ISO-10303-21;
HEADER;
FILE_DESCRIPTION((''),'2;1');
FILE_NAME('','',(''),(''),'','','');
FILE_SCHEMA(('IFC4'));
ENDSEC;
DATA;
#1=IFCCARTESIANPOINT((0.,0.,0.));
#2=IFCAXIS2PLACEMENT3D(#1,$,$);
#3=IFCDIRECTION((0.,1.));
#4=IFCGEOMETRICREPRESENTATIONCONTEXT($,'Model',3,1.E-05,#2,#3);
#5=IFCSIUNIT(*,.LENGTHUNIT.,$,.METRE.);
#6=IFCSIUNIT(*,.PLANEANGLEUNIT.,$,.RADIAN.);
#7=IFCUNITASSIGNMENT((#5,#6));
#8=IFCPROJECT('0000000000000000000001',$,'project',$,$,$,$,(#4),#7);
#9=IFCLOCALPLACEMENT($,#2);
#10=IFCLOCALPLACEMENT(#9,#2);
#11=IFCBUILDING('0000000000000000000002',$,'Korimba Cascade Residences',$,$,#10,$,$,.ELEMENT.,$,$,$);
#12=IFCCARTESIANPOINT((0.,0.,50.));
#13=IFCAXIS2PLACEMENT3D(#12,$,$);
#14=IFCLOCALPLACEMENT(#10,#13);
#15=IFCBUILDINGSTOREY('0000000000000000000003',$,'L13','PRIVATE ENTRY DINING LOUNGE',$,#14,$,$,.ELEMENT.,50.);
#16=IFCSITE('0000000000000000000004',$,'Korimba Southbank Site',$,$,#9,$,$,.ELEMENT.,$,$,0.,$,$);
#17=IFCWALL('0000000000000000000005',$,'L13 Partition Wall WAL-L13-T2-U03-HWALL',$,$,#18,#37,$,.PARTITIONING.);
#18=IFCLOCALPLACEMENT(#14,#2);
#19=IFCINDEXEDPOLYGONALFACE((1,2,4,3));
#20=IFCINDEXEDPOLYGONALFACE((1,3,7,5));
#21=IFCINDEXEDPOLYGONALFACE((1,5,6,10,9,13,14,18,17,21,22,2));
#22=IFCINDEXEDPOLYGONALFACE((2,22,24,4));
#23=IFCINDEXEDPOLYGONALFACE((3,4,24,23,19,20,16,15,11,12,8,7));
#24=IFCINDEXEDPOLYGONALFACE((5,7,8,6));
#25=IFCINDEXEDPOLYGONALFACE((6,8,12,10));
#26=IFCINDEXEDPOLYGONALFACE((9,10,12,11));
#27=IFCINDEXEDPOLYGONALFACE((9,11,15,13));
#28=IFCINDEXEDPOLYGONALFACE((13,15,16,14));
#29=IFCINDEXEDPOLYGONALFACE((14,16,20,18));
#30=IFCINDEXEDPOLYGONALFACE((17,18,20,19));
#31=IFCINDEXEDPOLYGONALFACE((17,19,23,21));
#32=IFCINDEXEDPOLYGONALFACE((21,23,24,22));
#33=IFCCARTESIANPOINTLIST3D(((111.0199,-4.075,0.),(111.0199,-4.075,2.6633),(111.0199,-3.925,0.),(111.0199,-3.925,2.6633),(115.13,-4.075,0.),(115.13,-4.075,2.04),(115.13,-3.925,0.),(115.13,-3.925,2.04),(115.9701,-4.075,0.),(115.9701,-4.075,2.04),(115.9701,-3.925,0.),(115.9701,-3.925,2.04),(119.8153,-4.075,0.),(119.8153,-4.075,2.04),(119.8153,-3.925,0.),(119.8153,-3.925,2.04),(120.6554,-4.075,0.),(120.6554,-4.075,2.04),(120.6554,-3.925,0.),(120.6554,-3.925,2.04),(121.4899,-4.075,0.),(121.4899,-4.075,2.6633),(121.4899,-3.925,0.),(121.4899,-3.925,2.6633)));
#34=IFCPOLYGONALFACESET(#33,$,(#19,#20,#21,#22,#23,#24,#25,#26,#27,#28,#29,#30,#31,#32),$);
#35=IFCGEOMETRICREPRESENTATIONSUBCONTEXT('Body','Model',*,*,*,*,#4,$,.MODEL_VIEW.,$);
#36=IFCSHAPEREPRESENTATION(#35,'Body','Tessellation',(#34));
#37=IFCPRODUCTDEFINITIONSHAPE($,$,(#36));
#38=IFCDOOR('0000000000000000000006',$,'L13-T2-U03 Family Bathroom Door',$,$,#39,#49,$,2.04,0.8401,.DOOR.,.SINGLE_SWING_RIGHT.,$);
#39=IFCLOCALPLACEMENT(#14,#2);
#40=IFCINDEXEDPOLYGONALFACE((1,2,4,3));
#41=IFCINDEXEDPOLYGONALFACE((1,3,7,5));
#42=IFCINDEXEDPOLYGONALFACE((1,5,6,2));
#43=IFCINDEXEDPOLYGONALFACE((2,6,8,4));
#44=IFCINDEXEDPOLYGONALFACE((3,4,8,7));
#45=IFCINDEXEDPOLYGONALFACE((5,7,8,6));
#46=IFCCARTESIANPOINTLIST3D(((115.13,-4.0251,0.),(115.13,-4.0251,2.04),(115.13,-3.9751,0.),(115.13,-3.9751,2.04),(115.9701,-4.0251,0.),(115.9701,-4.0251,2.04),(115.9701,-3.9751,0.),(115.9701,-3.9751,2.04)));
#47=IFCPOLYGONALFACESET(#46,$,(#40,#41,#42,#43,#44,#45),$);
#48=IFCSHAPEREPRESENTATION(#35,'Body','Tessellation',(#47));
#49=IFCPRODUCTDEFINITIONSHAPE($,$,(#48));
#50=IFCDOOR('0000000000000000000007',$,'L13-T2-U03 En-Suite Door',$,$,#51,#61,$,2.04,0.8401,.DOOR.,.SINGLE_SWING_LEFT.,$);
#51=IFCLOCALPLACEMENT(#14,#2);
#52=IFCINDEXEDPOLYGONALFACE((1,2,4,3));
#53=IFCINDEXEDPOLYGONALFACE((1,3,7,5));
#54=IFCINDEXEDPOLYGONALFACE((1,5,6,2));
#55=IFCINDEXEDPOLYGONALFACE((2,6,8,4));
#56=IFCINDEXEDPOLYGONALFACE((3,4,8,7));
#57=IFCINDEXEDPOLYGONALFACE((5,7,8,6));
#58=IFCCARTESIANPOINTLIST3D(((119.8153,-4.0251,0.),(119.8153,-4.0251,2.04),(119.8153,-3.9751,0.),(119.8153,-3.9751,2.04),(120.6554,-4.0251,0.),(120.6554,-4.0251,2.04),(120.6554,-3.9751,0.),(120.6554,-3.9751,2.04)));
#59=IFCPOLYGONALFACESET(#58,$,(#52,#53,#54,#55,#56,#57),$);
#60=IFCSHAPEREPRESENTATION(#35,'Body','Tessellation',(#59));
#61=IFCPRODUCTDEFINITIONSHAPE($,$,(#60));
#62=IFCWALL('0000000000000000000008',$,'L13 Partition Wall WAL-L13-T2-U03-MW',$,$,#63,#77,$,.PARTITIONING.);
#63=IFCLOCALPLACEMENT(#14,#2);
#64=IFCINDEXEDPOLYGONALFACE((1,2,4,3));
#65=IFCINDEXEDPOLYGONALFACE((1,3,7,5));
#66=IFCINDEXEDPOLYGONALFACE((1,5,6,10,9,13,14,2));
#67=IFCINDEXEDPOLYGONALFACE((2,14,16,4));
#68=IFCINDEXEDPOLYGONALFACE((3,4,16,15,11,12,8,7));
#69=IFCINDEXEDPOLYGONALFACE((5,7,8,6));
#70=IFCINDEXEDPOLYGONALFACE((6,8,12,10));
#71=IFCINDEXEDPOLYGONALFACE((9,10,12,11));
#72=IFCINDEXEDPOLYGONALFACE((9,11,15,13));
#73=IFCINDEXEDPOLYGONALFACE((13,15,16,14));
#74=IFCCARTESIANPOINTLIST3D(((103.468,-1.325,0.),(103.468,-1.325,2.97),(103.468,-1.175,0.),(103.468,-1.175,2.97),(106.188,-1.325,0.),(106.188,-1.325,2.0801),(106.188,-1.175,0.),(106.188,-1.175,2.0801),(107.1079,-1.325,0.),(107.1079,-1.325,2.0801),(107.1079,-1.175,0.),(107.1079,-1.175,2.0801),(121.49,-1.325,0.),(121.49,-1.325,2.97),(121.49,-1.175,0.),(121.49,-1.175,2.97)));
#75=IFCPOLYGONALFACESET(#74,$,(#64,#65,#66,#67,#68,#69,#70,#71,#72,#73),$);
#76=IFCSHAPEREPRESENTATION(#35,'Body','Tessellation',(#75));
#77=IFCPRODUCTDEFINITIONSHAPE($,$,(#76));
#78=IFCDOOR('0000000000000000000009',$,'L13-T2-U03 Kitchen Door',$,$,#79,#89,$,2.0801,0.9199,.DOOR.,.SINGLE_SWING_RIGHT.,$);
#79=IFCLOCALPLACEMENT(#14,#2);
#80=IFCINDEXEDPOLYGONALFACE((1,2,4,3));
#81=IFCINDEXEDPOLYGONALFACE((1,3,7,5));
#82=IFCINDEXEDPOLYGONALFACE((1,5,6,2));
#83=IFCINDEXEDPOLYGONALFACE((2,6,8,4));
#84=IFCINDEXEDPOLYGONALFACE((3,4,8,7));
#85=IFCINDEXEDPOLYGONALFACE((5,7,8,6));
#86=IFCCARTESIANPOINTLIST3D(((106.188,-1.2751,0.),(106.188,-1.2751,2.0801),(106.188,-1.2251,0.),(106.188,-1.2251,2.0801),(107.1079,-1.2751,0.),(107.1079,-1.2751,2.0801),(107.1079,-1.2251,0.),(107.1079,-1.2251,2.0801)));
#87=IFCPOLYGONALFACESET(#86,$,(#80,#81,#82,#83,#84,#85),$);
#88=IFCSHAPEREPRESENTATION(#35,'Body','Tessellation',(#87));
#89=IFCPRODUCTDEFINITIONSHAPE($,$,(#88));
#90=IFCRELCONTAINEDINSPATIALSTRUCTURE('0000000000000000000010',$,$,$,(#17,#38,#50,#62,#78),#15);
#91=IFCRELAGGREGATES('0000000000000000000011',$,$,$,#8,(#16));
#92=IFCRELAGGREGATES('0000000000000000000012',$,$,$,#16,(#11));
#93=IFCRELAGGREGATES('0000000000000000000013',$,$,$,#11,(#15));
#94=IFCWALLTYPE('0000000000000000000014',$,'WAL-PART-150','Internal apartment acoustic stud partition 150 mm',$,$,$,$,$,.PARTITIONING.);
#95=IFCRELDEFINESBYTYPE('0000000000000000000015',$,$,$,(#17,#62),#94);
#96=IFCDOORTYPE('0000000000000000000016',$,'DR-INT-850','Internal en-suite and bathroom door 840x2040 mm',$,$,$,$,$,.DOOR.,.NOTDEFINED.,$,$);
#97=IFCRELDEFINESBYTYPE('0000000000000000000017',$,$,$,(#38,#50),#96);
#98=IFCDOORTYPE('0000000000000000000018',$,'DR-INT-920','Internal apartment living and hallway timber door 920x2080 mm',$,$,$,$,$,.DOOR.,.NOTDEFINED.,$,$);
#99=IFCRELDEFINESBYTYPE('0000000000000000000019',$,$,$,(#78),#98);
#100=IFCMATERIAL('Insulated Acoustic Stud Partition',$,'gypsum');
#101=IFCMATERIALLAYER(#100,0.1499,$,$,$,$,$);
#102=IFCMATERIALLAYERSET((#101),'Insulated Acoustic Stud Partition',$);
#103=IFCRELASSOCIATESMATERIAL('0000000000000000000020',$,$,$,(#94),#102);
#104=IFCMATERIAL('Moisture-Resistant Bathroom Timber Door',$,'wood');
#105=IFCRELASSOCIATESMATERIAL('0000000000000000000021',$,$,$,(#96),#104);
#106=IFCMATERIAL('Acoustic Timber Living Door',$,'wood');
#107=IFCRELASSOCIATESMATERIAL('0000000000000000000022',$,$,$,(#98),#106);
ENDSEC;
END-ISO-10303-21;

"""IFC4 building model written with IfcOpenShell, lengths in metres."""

from ifc_helpers import new_model, si_unit, direction, frame, frame_2d, origin, place, context, subcontext, project, spatial, rectangle, extrude, material, layer, layer_set, type_object, element, fill, save


model = new_model("IFC4")

# Units and contexts
model_context = context("Model", 3, precision=1e-05, world=origin(), true_north=direction((0.0, 1.0)))
body_context = subcontext(model_context, "Body", "Model", "MODEL_VIEW")
ifc_project = project(units=[si_unit("LENGTHUNIT", "METRE"), si_unit("PLANEANGLEUNIT", "RADIAN")], contexts=[model_context])

# Site, building, storey
site_placement = place(None, origin())
site = spatial("IfcSite", under=ifc_project, at=site_placement, Name="Korimba Southbank Site", CompositionType="ELEMENT", RefElevation=0.0)
building_placement = place(site_placement, origin())
building = spatial("IfcBuilding", under=site, at=building_placement, Name="Korimba Cascade Residences", CompositionType="ELEMENT")
storey_placement = place(building_placement, frame((0.0, 0.0, 50.0)))
storey = spatial("IfcBuildingStorey", under=building, at=storey_placement, Name="L13", Description="PRIVATE ENTRY DINING LOUNGE", CompositionType="ELEMENT", Elevation=50.0)

# Shared definitions
ifc_material_1 = material(Name="Insulated Acoustic Stud Partition", Category="gypsum")
ifc_layer = layer(ifc_material_1, 0.1499)
ifc_layer_set = layer_set([ifc_layer], Name="Insulated Acoustic Stud Partition")
wall_type = type_object("IfcWallType", Name="WAL-PART-150", Description="Internal apartment acoustic stud partition 150 mm", PredefinedType="PARTITIONING", material=ifc_layer_set)
ifc_material_2 = material(Name="Moisture-Resistant Bathroom Timber Door", Category="wood")
door_type_1 = type_object("IfcDoorType", Name="DR-INT-850", Description="Internal en-suite and bathroom door 840x2040 mm", OperationType="NOTDEFINED", PredefinedType="DOOR", material=ifc_material_2)

# Wall, openings, doors
wall_1_placement = place(storey_placement, frame((111.02, -4.0, 0.0), z_axis=(0.0, 0.0, 1.0), x_axis=(1.0, 0.0, 0.0)))
wall_1 = element("IfcWall", 1, at=wall_1_placement, inside=storey, type_object=wall_type, Name="L13 Partition Wall WAL-L13-T2-U03-HWALL", PredefinedType="PARTITIONING", context=body_context, shape_type="SweptSolid", body=[
    extrude(rectangle(XDim=10.47, YDim=0.1499, at=frame_2d((5.2349, 0.0))), origin(), (0.0, 0.0, 1.0), 2.6633),
])
opening_1_placement = place(wall_1_placement, frame((4.1101, 0.0, 0.0)))
opening_1 = element("IfcOpeningElement", 2, at=opening_1_placement, cuts=wall_1, PredefinedType="OPENING", context=body_context, shape_type="SweptSolid", body=[
    extrude(rectangle(XDim=0.8401, YDim=2.04, at=frame_2d((0.4199, 1.02))), frame((0.0, 0.085, 0.0), z_axis=(0.0, -1.0, 0.0), x_axis=(1.0, 0.0, 0.0)), (0.0, 0.0, 1.0), 0.1699),
])
opening_2_placement = place(wall_1_placement, frame((8.7954, 0.0, 0.0)))
opening_2 = element("IfcOpeningElement", 3, at=opening_2_placement, cuts=wall_1, PredefinedType="OPENING", context=body_context, shape_type="SweptSolid", body=[
    extrude(rectangle(XDim=0.8401, YDim=2.04, at=frame_2d((0.4199, 1.02))), frame((0.0, 0.085, 0.0), z_axis=(0.0, -1.0, 0.0), x_axis=(1.0, 0.0, 0.0)), (0.0, 0.0, 1.0), 0.1699),
])
door_1_placement = place(opening_1_placement, origin())
door_1 = element("IfcDoor", 4, at=door_1_placement, inside=storey, type_object=door_type_1, Name="L13-T2-U03 Family Bathroom Door", OperationType="SINGLE_SWING_RIGHT", OverallHeight=2.04, OverallWidth=0.8401, PredefinedType="DOOR", context=body_context, shape_type="SweptSolid", body=[
    extrude(rectangle(XDim=0.8401, YDim=2.04, at=frame_2d((0.4199, 1.02))), frame((0.0, 0.0249, 0.0), z_axis=(0.0, -1.0, 0.0), x_axis=(1.0, 0.0, 0.0)), (0.0, 0.0, 1.0), 0.05),
])
fill(opening_1, door_1)
door_2_placement = place(opening_2_placement, origin())
door_2 = element("IfcDoor", 5, at=door_2_placement, inside=storey, type_object=door_type_1, Name="L13-T2-U03 En-Suite Door", OperationType="SINGLE_SWING_LEFT", OverallHeight=2.04, OverallWidth=0.8401, PredefinedType="DOOR", context=body_context, shape_type="SweptSolid", body=[
    extrude(rectangle(XDim=0.8401, YDim=2.04, at=frame_2d((0.4199, 1.02))), frame((0.0, 0.0249, 0.0), z_axis=(0.0, -1.0, 0.0), x_axis=(1.0, 0.0, 0.0)), (0.0, 0.0, 1.0), 0.05),
])
fill(opening_2, door_2)

# Wall, opening, door
wall_2_placement = place(storey_placement, frame((103.468, -1.25, 0.0), z_axis=(0.0, 0.0, 1.0), x_axis=(1.0, 0.0, 0.0)))
wall_2 = element("IfcWall", 6, at=wall_2_placement, inside=storey, type_object=wall_type, Name="L13 Partition Wall WAL-L13-T2-U03-MW", PredefinedType="PARTITIONING", context=body_context, shape_type="SweptSolid", body=[
    extrude(rectangle(XDim=18.022, YDim=0.1499, at=frame_2d((9.011, 0.0))), origin(), (0.0, 0.0, 1.0), 2.97),
])
opening_3_placement = place(wall_2_placement, frame((2.72, 0.0, 0.0)))
opening_3 = element("IfcOpeningElement", 7, at=opening_3_placement, cuts=wall_2, PredefinedType="OPENING", context=body_context, shape_type="SweptSolid", body=[
    extrude(rectangle(XDim=0.9199, YDim=2.0801, at=frame_2d((0.46, 1.04))), frame((0.0, 0.085, 0.0), z_axis=(0.0, -1.0, 0.0), x_axis=(1.0, 0.0, 0.0)), (0.0, 0.0, 1.0), 0.1699),
])
ifc_material_3 = material(Name="Acoustic Timber Living Door", Category="wood")
door_type_2 = type_object("IfcDoorType", Name="DR-INT-920", Description="Internal apartment living and hallway timber door 920x2080 mm", OperationType="NOTDEFINED", PredefinedType="DOOR", material=ifc_material_3)
door_3_placement = place(opening_3_placement, origin())
door_3 = element("IfcDoor", 8, at=door_3_placement, inside=storey, type_object=door_type_2, Name="L13-T2-U03 Kitchen Door", OperationType="SINGLE_SWING_RIGHT", OverallHeight=2.0801, OverallWidth=0.9199, PredefinedType="DOOR", context=body_context, shape_type="SweptSolid", body=[
    extrude(rectangle(XDim=0.9199, YDim=2.0801, at=frame_2d((0.46, 1.04))), frame((0.0, 0.0249, 0.0), z_axis=(0.0, -1.0, 0.0), x_axis=(1.0, 0.0, 0.0)), (0.0, 0.0, 1.0), 0.05),
])
fill(opening_3, door_3)

save(model, "model.ifc")
